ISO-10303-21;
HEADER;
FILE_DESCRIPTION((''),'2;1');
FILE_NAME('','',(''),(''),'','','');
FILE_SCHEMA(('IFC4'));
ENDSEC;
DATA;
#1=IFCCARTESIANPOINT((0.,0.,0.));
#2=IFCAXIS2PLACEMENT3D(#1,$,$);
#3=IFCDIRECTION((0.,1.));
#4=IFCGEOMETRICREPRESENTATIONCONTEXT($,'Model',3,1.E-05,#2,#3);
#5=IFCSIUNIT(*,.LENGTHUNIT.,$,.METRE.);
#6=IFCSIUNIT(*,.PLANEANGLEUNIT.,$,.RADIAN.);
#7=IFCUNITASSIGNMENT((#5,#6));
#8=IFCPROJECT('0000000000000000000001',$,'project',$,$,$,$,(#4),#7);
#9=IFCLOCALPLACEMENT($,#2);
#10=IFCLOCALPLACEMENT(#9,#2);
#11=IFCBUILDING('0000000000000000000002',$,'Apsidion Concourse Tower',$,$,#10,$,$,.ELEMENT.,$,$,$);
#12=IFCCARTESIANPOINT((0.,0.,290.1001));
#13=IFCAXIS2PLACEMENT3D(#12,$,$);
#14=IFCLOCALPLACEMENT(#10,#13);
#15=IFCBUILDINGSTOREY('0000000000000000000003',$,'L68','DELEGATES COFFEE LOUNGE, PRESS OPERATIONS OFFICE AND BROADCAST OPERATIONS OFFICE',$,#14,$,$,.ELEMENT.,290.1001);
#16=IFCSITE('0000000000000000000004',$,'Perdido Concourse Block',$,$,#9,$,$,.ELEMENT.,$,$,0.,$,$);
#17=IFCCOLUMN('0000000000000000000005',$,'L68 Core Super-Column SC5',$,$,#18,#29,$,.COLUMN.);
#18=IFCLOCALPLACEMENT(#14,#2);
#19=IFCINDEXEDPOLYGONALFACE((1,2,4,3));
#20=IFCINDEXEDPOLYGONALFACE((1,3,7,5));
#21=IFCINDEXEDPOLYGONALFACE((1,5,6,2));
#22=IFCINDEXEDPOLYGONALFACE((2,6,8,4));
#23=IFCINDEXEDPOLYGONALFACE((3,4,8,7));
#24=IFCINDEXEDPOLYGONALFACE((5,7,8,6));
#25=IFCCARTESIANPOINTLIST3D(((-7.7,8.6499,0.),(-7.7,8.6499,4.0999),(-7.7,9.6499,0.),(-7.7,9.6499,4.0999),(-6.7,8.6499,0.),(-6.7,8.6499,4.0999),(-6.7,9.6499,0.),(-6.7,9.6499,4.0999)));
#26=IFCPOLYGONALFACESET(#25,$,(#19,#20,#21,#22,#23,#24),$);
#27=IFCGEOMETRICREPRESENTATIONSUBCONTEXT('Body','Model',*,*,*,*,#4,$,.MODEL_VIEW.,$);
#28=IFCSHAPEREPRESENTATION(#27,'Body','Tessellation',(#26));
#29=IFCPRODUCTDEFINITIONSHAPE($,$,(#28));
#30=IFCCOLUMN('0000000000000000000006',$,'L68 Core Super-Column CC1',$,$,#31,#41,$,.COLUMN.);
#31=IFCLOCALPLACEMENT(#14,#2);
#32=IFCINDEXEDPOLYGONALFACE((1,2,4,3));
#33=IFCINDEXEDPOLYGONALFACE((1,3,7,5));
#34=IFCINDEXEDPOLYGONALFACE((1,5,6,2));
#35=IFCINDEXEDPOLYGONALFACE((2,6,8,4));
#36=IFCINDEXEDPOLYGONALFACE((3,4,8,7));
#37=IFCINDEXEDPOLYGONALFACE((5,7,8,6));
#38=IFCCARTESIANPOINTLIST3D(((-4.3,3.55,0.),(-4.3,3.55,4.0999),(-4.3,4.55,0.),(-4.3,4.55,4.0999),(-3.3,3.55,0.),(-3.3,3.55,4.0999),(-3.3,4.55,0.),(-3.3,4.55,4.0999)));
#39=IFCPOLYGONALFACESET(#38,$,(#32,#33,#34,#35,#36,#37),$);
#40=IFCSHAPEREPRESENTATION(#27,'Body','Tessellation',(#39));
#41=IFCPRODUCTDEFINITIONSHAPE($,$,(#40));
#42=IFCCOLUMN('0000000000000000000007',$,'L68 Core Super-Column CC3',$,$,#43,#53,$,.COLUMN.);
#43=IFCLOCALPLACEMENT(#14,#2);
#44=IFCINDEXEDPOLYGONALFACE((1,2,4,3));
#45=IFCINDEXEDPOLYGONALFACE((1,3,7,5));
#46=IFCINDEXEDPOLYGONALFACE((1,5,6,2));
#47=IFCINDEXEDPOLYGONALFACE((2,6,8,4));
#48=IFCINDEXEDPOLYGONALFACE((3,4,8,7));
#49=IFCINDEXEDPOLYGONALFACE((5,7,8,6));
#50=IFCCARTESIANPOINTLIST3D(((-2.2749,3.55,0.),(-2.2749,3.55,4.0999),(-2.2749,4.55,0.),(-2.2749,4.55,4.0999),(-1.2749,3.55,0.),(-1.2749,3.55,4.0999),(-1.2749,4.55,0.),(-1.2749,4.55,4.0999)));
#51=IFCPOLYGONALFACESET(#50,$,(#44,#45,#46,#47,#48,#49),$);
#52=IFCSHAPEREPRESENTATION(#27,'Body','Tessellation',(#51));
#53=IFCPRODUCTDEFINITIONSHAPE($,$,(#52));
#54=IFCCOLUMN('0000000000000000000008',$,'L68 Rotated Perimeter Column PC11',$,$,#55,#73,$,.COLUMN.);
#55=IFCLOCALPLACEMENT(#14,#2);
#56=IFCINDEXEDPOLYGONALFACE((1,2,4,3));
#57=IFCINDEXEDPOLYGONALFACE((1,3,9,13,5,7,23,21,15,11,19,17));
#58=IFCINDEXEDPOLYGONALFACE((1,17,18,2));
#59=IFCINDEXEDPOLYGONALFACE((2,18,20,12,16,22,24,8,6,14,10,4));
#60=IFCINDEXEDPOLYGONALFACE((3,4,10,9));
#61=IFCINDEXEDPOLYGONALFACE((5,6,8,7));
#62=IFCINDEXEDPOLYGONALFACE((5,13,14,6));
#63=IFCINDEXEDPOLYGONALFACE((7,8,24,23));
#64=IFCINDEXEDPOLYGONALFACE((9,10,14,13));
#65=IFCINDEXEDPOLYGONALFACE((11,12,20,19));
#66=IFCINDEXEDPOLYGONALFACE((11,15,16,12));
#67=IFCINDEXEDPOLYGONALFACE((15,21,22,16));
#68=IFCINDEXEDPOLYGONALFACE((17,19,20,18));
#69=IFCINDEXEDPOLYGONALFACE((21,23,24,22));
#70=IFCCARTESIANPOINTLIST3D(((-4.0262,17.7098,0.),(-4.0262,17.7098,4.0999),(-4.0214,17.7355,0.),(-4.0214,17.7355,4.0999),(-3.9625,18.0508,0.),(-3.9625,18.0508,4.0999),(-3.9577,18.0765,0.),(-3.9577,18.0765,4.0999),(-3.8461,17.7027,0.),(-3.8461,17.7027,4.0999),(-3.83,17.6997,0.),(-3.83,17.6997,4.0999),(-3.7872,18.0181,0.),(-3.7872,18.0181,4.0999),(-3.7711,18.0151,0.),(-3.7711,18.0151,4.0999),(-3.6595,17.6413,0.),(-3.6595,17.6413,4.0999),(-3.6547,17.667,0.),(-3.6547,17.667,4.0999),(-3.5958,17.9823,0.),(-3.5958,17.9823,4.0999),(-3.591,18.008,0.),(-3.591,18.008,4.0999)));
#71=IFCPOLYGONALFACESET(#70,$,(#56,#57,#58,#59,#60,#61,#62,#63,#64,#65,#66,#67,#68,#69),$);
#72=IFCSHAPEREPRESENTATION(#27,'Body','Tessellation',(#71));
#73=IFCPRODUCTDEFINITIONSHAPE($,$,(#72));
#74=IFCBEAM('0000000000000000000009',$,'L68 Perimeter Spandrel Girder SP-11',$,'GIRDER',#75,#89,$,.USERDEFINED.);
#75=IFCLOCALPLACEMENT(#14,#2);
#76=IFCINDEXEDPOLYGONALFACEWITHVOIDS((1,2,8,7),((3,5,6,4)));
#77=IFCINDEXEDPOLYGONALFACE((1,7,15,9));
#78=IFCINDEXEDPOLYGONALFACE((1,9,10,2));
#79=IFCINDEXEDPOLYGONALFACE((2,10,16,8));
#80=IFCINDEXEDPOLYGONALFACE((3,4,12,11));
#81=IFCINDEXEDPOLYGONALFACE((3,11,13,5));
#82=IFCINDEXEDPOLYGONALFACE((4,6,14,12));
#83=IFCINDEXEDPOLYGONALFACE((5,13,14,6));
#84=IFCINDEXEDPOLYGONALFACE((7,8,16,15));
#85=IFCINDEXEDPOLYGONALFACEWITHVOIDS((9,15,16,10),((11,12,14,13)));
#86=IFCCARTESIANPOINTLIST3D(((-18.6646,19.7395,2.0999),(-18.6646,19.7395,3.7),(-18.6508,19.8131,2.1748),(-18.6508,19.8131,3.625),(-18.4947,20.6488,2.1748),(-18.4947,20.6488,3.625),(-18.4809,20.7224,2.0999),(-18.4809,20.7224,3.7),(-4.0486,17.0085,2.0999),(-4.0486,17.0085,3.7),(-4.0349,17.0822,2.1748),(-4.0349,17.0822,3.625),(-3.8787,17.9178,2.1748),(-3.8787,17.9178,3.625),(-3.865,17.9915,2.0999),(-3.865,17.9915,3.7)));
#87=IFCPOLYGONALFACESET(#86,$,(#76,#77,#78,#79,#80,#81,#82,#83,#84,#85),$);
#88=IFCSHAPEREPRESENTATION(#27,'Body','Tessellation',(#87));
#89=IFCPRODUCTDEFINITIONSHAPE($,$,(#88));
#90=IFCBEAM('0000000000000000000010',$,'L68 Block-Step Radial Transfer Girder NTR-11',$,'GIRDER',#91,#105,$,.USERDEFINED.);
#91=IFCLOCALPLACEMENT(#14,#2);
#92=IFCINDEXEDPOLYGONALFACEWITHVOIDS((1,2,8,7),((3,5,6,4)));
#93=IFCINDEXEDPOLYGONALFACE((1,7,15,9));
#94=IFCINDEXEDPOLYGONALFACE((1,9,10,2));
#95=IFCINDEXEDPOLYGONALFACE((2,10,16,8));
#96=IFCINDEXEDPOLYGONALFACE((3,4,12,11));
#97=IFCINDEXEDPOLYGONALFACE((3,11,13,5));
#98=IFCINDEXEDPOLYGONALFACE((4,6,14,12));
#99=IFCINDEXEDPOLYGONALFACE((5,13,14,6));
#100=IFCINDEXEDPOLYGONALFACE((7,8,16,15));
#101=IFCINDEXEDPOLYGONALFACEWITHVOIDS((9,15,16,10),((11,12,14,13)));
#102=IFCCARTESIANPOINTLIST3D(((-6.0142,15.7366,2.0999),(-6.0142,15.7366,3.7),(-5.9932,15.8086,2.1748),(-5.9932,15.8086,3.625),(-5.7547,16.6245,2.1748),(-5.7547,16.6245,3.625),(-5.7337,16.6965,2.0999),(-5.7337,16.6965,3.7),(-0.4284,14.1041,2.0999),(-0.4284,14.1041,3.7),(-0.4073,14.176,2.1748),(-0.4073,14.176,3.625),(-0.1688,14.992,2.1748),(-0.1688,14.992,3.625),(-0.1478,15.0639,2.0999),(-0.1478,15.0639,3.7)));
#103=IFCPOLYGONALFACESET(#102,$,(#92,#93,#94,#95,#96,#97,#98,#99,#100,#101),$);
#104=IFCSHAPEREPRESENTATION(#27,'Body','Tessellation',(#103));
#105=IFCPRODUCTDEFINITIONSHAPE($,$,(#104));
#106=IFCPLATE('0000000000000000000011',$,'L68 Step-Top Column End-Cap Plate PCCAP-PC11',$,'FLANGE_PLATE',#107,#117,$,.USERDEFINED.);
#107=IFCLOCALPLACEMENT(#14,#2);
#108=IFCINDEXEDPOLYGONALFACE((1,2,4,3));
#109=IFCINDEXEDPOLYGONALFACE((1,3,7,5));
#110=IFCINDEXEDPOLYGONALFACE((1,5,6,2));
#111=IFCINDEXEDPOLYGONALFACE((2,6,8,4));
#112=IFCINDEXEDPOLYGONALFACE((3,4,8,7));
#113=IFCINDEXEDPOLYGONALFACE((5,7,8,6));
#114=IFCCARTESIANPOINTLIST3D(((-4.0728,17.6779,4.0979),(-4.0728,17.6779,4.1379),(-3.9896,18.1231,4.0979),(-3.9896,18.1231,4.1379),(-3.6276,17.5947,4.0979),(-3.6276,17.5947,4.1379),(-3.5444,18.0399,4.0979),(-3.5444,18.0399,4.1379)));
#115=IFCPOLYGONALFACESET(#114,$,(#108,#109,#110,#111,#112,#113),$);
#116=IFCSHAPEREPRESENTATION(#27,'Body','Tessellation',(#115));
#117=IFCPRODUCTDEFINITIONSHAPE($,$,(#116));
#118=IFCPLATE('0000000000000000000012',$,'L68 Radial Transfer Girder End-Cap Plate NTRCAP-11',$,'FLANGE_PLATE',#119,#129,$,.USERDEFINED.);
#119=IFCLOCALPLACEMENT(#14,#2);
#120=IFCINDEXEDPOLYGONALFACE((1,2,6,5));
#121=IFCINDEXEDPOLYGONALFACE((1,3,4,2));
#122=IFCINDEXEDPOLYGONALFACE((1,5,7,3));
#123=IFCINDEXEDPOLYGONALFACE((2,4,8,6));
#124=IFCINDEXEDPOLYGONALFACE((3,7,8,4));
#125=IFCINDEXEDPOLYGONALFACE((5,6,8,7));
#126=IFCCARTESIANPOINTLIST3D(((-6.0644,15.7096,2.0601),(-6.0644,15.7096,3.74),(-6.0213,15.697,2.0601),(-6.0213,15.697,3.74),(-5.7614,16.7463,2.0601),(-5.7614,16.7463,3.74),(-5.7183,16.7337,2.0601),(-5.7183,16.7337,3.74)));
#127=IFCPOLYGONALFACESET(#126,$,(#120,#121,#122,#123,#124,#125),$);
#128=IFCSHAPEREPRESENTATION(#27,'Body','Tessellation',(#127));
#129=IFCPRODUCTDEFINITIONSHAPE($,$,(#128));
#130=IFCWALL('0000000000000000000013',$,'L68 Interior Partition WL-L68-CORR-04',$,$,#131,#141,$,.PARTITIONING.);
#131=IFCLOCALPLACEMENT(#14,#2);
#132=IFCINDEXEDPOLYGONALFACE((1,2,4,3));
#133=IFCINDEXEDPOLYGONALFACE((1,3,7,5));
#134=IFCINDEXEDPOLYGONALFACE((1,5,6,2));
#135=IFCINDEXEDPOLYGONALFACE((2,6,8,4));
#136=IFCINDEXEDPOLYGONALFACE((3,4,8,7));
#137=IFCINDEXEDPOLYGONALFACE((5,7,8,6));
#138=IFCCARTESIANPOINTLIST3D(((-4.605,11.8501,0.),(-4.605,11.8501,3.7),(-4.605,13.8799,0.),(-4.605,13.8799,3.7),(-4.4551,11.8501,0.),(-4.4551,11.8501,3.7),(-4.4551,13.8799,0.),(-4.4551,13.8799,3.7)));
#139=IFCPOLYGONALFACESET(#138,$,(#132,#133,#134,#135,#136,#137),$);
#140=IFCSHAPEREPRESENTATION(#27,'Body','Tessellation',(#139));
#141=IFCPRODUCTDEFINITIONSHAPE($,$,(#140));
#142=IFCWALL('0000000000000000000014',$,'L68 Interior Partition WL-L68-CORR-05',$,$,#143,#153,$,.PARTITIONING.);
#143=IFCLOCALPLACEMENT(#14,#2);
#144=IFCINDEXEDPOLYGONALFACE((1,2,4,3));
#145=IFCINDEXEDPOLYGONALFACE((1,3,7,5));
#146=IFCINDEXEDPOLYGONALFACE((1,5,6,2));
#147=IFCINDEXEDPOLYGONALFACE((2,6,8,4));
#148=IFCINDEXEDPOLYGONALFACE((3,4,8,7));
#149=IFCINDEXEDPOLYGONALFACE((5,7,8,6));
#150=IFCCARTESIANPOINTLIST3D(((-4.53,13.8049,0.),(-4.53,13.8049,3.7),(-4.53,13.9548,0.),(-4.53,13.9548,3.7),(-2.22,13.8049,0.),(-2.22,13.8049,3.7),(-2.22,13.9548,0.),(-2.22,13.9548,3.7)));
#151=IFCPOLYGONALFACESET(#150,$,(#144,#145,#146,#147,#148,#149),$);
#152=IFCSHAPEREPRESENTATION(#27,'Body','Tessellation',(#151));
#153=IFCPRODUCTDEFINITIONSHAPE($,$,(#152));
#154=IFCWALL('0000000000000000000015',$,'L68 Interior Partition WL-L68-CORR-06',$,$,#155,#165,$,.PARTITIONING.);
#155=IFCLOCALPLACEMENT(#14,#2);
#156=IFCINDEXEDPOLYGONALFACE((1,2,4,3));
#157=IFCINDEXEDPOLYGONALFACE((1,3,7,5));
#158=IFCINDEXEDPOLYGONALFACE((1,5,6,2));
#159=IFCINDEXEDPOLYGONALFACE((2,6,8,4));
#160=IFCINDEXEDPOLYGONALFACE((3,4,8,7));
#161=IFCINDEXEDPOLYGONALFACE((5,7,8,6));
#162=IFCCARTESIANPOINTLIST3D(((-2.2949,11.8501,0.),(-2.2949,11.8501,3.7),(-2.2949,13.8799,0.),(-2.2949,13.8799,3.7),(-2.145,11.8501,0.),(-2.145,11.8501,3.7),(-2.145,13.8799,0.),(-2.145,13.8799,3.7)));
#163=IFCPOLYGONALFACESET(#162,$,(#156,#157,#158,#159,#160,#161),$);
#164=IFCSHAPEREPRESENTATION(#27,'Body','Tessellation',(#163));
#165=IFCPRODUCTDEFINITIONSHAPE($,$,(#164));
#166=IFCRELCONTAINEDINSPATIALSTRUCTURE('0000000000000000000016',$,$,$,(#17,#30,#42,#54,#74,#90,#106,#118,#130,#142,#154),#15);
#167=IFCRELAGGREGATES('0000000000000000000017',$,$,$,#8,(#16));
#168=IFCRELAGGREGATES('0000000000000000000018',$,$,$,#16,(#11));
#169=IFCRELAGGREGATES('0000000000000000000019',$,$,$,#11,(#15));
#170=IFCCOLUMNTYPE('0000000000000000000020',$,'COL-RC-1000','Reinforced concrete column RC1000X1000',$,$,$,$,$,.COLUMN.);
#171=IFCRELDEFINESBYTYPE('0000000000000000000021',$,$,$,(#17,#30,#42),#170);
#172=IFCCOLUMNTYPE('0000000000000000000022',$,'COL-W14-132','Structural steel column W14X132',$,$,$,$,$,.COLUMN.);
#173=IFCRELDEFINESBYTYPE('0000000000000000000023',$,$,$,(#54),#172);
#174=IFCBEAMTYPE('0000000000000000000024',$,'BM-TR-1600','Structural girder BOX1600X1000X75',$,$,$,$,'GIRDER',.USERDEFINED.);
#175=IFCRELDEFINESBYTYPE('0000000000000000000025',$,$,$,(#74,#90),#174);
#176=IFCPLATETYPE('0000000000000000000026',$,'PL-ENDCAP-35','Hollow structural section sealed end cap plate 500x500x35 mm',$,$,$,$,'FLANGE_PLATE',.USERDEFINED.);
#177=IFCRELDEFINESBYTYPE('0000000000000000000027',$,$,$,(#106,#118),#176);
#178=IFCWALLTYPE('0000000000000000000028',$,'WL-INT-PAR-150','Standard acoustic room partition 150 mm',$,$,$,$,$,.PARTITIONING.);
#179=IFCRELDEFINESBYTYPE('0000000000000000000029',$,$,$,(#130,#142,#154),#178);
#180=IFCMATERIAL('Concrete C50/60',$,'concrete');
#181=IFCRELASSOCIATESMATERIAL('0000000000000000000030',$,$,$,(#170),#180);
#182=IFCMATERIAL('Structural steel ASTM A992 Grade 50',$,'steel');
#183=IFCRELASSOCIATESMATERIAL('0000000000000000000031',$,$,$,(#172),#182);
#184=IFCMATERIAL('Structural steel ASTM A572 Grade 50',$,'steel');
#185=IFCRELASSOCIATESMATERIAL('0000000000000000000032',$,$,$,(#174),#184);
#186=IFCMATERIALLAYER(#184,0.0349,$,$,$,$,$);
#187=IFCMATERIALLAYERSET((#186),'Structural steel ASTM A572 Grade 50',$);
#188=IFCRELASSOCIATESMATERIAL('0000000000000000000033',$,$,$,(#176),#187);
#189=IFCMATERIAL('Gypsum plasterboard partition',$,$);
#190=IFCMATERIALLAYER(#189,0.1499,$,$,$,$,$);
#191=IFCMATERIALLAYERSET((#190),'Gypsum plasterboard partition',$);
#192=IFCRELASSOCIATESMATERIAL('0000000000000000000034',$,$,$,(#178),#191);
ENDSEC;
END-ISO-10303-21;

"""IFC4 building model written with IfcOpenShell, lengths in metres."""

from ifc_helpers import new_model, si_unit, direction, frame, frame_2d, origin, origin_2d, place, context, subcontext, project, spatial, rectangle, hollow_rectangle, i_section, extrude, material, layer, layer_set, material_profile, profile_set, type_object, element, save


model = new_model("IFC4")

# Units and contexts
model_context = context("Model", 3, precision=1e-05, world=origin(), true_north=direction((0.0, 1.0)))
body_context = subcontext(model_context, "Body", "Model", "MODEL_VIEW")
ifc_project = project(units=[si_unit("LENGTHUNIT", "METRE"), si_unit("PLANEANGLEUNIT", "RADIAN")], contexts=[model_context])

# Site, building, storey
site_placement = place(None, origin())
site = spatial("IfcSite", under=ifc_project, at=site_placement, Name="Perdido Concourse Block", CompositionType="ELEMENT", RefElevation=0.0)
building_placement = place(site_placement, origin())
building = spatial("IfcBuilding", under=site, at=building_placement, Name="Apsidion Concourse Tower", CompositionType="ELEMENT")
storey_placement = place(building_placement, frame((0.0, 0.0, 290.1001)))
storey = spatial("IfcBuildingStorey", under=building, at=storey_placement, Name="L68", Description="DELEGATES COFFEE LOUNGE, PRESS OPERATIONS OFFICE AND BROADCAST OPERATIONS OFFICE", CompositionType="ELEMENT", Elevation=290.1001)

# Columns
ifc_material_1 = material(Name="Concrete C50/60", Category="concrete")
ifc_material_profile_1 = material_profile(ifc_material_1, rectangle(XDim=1.0, YDim=1.0, at=origin_2d()), Name="RC 1000x1000")
ifc_profile_set_1 = profile_set([ifc_material_profile_1], Name="Concrete C50/60")
column_type_1 = type_object("IfcColumnType", Name="COL-RC-1000", Description="Reinforced concrete column RC1000X1000", PredefinedType="COLUMN", material=ifc_profile_set_1)
for number, where, z_axis, x_axis, name in (
    (1, (-7.2, 9.1499, 0.0), (0.0, 0.0, 1.0), (1.0, 0.0, 0.0), "L68 Core Super-Column SC5"),
    (2, (-3.8, 4.05, 0.0), (0.0, 0.0, 1.0), (1.0, 0.0, 0.0), "L68 Core Super-Column CC1"),
    (3, (-1.7749, 4.05, 0.0), (0.0, 0.0, 1.0), (1.0, 0.0, 0.0), "L68 Core Super-Column CC3"),
):
    element("IfcColumn", number, at=place(storey_placement, frame(where, z_axis=z_axis, x_axis=x_axis)), inside=storey, type_object=column_type_1, Name=name, PredefinedType="COLUMN", context=body_context, shape_type="SweptSolid", body=[
        extrude(rectangle(XDim=1.0, YDim=1.0, at=origin_2d()), origin(), (0.0, 0.0, 1.0), 4.0999),
    ])
ifc_material_2 = material(Name="Structural steel ASTM A992 Grade 50", Category="steel")
ifc_material_profile_2 = material_profile(ifc_material_2, i_section(OverallWidth=0.373, OverallDepth=0.373, WebThickness=0.0164, FlangeThickness=0.0261, at=origin_2d()), Name="W14X132")
ifc_profile_set_2 = profile_set([ifc_material_profile_2], Name="Structural steel ASTM A992 Grade 50")
column_type_2 = type_object("IfcColumnType", Name="COL-W14-132", Description="Structural steel column W14X132", PredefinedType="COLUMN", material=ifc_profile_set_2)
column_placement = place(storey_placement, frame((-3.8086, 17.8589, 0.0), z_axis=(0.0, 0.0, 1.0), x_axis=(-0.983, 0.183608, 0.0)))
element("IfcColumn", 4, at=column_placement, inside=storey, type_object=column_type_2, Name="L68 Rotated Perimeter Column PC11", PredefinedType="COLUMN", context=body_context, shape_type="SweptSolid", body=[
    extrude(i_section(OverallWidth=0.373, OverallDepth=0.373, WebThickness=0.0164, FlangeThickness=0.0261, at=origin_2d()), origin(), (0.0, 0.0, 1.0), 4.0999),
])

# Beams
ifc_material_3 = material(Name="Structural steel ASTM A572 Grade 50", Category="steel")
ifc_material_profile_3 = material_profile(ifc_material_3, hollow_rectangle(XDim=1.0, YDim=1.6001, WallThickness=0.075, at=origin_2d()), Name="BOX1600X1000X75")
ifc_profile_set_3 = profile_set([ifc_material_profile_3], Name="Structural steel ASTM A572 Grade 50")
beam_type = type_object("IfcBeamType", Name="BM-TR-1600", Description="Structural girder BOX1600X1000X75", ElementType="GIRDER", PredefinedType="USERDEFINED", material=ifc_profile_set_3)
beam_1_placement = place(storey_placement, frame((-3.9568, 17.5, 2.8999), z_axis=(-0.982988, 0.183669, 0.0), x_axis=(-0.183669, -0.982988, 0.0)))
element("IfcBeam", 5, at=beam_1_placement, inside=storey, type_object=beam_type, Name="L68 Perimeter Spandrel Girder SP-11", ObjectType="GIRDER", PredefinedType="USERDEFINED", context=body_context, shape_type="SweptSolid", body=[
    extrude(hollow_rectangle(XDim=1.0, YDim=1.6001, WallThickness=0.075, at=origin_2d()), origin(), (0.0, 0.0, 1.0), 14.8689),
])
beam_2_placement = place(storey_placement, frame((-0.2881, 14.584, 2.8999), z_axis=(-0.959846, 0.280528, 0.0), x_axis=(-0.280528, -0.959846, 0.0)))
element("IfcBeam", 6, at=beam_2_placement, inside=storey, type_object=beam_type, Name="L68 Block-Step Radial Transfer Girder NTR-11", ObjectType="GIRDER", PredefinedType="USERDEFINED", context=body_context, shape_type="SweptSolid", body=[
    extrude(hollow_rectangle(XDim=1.0, YDim=1.6001, WallThickness=0.075, at=origin_2d()), origin(), (0.0, 0.0, 1.0), 5.8196),
])

# Plates
ifc_layer_1 = layer(ifc_material_3, 0.0349)
ifc_layer_set_1 = layer_set([ifc_layer_1], Name="Structural steel ASTM A572 Grade 50")
plate_type = type_object("IfcPlateType", Name="PL-ENDCAP-35", Description="Hollow structural section sealed end cap plate 500x500x35 mm", ElementType="FLANGE_PLATE", PredefinedType="USERDEFINED", material=ifc_layer_set_1)
plate_1_placement = place(storey_placement, frame((-3.8086, 17.8589, 4.0979), z_axis=(0.0, 0.0, 1.0), x_axis=(-0.983, 0.183608, 0.0)))
element("IfcPlate", 7, at=plate_1_placement, inside=storey, type_object=plate_type, Name="L68 Step-Top Column End-Cap Plate PCCAP-PC11", ObjectType="FLANGE_PLATE", PredefinedType="USERDEFINED", context=body_context, shape_type="SweptSolid", body=[
    extrude(rectangle(XDim=0.4529, YDim=0.4529, at=origin_2d()), origin(), (0.0, 0.0, 1.0), 0.04),
])
plate_2_placement = place(storey_placement, frame((-5.8914, 16.2217, 2.0601), z_axis=(0.0, 0.0, 1.0), x_axis=(-0.959854, 0.280499, 0.0)))
element("IfcPlate", 8, at=plate_2_placement, inside=storey, type_object=plate_type, Name="L68 Radial Transfer Girder End-Cap Plate NTRCAP-11", ObjectType="FLANGE_PLATE", PredefinedType="USERDEFINED", context=body_context, shape_type="SweptSolid", body=[
    extrude(rectangle(XDim=0.0449, YDim=1.0801, at=origin_2d()), origin(), (0.0, 0.0, 1.0), 1.6799),
])

# Walls
ifc_material_4 = material(Name="Gypsum plasterboard partition")
ifc_layer_2 = layer(ifc_material_4, 0.1499)
ifc_layer_set_2 = layer_set([ifc_layer_2], Name="Gypsum plasterboard partition")
wall_type_1 = type_object("IfcWallType", Name="WL-INT-PAR-150", Description="Standard acoustic room partition 150 mm", PredefinedType="PARTITIONING", material=ifc_layer_set_2)
wall_1_placement = place(storey_placement, frame((-4.53, 11.8501, 0.0), z_axis=(0.0, 0.0, 1.0), x_axis=(0.0, 1.0, 0.0)))
element("IfcWall", 9, at=wall_1_placement, inside=storey, type_object=wall_type_1, Name="L68 Interior Partition WL-L68-CORR-04", PredefinedType="PARTITIONING", context=body_context, shape_type="SweptSolid", body=[
    extrude(rectangle(XDim=2.0298, YDim=0.1499, at=frame_2d((1.0149, 0.0))), origin(), (0.0, 0.0, 1.0), 3.7),
])
wall_2_placement = place(storey_placement, frame((-4.53, 13.8799, 0.0), z_axis=(0.0, 0.0, 1.0), x_axis=(1.0, 0.0, 0.0)))
element("IfcWall", 10, at=wall_2_placement, inside=storey, type_object=wall_type_1, Name="L68 Interior Partition WL-L68-CORR-05", PredefinedType="PARTITIONING", context=body_context, shape_type="SweptSolid", body=[
    extrude(rectangle(XDim=2.3101, YDim=0.1499, at=frame_2d((1.155, 0.0))), origin(), (0.0, 0.0, 1.0), 3.7),
])
wall_3_placement = place(storey_placement, frame((-2.22, 13.8799, 0.0), z_axis=(0.0, 0.0, 1.0), x_axis=(0.0, -1.0, 0.0)))
element("IfcWall", 11, at=wall_3_placement, inside=storey, type_object=wall_type_1, Name="L68 Interior Partition WL-L68-CORR-06", PredefinedType="PARTITIONING", context=body_context, shape_type="SweptSolid", body=[
    extrude(rectangle(XDim=2.0298, YDim=0.1499, at=frame_2d((1.0149, 0.0))), origin(), (0.0, 0.0, 1.0), 3.7),
])

save(model, "model.ifc")
